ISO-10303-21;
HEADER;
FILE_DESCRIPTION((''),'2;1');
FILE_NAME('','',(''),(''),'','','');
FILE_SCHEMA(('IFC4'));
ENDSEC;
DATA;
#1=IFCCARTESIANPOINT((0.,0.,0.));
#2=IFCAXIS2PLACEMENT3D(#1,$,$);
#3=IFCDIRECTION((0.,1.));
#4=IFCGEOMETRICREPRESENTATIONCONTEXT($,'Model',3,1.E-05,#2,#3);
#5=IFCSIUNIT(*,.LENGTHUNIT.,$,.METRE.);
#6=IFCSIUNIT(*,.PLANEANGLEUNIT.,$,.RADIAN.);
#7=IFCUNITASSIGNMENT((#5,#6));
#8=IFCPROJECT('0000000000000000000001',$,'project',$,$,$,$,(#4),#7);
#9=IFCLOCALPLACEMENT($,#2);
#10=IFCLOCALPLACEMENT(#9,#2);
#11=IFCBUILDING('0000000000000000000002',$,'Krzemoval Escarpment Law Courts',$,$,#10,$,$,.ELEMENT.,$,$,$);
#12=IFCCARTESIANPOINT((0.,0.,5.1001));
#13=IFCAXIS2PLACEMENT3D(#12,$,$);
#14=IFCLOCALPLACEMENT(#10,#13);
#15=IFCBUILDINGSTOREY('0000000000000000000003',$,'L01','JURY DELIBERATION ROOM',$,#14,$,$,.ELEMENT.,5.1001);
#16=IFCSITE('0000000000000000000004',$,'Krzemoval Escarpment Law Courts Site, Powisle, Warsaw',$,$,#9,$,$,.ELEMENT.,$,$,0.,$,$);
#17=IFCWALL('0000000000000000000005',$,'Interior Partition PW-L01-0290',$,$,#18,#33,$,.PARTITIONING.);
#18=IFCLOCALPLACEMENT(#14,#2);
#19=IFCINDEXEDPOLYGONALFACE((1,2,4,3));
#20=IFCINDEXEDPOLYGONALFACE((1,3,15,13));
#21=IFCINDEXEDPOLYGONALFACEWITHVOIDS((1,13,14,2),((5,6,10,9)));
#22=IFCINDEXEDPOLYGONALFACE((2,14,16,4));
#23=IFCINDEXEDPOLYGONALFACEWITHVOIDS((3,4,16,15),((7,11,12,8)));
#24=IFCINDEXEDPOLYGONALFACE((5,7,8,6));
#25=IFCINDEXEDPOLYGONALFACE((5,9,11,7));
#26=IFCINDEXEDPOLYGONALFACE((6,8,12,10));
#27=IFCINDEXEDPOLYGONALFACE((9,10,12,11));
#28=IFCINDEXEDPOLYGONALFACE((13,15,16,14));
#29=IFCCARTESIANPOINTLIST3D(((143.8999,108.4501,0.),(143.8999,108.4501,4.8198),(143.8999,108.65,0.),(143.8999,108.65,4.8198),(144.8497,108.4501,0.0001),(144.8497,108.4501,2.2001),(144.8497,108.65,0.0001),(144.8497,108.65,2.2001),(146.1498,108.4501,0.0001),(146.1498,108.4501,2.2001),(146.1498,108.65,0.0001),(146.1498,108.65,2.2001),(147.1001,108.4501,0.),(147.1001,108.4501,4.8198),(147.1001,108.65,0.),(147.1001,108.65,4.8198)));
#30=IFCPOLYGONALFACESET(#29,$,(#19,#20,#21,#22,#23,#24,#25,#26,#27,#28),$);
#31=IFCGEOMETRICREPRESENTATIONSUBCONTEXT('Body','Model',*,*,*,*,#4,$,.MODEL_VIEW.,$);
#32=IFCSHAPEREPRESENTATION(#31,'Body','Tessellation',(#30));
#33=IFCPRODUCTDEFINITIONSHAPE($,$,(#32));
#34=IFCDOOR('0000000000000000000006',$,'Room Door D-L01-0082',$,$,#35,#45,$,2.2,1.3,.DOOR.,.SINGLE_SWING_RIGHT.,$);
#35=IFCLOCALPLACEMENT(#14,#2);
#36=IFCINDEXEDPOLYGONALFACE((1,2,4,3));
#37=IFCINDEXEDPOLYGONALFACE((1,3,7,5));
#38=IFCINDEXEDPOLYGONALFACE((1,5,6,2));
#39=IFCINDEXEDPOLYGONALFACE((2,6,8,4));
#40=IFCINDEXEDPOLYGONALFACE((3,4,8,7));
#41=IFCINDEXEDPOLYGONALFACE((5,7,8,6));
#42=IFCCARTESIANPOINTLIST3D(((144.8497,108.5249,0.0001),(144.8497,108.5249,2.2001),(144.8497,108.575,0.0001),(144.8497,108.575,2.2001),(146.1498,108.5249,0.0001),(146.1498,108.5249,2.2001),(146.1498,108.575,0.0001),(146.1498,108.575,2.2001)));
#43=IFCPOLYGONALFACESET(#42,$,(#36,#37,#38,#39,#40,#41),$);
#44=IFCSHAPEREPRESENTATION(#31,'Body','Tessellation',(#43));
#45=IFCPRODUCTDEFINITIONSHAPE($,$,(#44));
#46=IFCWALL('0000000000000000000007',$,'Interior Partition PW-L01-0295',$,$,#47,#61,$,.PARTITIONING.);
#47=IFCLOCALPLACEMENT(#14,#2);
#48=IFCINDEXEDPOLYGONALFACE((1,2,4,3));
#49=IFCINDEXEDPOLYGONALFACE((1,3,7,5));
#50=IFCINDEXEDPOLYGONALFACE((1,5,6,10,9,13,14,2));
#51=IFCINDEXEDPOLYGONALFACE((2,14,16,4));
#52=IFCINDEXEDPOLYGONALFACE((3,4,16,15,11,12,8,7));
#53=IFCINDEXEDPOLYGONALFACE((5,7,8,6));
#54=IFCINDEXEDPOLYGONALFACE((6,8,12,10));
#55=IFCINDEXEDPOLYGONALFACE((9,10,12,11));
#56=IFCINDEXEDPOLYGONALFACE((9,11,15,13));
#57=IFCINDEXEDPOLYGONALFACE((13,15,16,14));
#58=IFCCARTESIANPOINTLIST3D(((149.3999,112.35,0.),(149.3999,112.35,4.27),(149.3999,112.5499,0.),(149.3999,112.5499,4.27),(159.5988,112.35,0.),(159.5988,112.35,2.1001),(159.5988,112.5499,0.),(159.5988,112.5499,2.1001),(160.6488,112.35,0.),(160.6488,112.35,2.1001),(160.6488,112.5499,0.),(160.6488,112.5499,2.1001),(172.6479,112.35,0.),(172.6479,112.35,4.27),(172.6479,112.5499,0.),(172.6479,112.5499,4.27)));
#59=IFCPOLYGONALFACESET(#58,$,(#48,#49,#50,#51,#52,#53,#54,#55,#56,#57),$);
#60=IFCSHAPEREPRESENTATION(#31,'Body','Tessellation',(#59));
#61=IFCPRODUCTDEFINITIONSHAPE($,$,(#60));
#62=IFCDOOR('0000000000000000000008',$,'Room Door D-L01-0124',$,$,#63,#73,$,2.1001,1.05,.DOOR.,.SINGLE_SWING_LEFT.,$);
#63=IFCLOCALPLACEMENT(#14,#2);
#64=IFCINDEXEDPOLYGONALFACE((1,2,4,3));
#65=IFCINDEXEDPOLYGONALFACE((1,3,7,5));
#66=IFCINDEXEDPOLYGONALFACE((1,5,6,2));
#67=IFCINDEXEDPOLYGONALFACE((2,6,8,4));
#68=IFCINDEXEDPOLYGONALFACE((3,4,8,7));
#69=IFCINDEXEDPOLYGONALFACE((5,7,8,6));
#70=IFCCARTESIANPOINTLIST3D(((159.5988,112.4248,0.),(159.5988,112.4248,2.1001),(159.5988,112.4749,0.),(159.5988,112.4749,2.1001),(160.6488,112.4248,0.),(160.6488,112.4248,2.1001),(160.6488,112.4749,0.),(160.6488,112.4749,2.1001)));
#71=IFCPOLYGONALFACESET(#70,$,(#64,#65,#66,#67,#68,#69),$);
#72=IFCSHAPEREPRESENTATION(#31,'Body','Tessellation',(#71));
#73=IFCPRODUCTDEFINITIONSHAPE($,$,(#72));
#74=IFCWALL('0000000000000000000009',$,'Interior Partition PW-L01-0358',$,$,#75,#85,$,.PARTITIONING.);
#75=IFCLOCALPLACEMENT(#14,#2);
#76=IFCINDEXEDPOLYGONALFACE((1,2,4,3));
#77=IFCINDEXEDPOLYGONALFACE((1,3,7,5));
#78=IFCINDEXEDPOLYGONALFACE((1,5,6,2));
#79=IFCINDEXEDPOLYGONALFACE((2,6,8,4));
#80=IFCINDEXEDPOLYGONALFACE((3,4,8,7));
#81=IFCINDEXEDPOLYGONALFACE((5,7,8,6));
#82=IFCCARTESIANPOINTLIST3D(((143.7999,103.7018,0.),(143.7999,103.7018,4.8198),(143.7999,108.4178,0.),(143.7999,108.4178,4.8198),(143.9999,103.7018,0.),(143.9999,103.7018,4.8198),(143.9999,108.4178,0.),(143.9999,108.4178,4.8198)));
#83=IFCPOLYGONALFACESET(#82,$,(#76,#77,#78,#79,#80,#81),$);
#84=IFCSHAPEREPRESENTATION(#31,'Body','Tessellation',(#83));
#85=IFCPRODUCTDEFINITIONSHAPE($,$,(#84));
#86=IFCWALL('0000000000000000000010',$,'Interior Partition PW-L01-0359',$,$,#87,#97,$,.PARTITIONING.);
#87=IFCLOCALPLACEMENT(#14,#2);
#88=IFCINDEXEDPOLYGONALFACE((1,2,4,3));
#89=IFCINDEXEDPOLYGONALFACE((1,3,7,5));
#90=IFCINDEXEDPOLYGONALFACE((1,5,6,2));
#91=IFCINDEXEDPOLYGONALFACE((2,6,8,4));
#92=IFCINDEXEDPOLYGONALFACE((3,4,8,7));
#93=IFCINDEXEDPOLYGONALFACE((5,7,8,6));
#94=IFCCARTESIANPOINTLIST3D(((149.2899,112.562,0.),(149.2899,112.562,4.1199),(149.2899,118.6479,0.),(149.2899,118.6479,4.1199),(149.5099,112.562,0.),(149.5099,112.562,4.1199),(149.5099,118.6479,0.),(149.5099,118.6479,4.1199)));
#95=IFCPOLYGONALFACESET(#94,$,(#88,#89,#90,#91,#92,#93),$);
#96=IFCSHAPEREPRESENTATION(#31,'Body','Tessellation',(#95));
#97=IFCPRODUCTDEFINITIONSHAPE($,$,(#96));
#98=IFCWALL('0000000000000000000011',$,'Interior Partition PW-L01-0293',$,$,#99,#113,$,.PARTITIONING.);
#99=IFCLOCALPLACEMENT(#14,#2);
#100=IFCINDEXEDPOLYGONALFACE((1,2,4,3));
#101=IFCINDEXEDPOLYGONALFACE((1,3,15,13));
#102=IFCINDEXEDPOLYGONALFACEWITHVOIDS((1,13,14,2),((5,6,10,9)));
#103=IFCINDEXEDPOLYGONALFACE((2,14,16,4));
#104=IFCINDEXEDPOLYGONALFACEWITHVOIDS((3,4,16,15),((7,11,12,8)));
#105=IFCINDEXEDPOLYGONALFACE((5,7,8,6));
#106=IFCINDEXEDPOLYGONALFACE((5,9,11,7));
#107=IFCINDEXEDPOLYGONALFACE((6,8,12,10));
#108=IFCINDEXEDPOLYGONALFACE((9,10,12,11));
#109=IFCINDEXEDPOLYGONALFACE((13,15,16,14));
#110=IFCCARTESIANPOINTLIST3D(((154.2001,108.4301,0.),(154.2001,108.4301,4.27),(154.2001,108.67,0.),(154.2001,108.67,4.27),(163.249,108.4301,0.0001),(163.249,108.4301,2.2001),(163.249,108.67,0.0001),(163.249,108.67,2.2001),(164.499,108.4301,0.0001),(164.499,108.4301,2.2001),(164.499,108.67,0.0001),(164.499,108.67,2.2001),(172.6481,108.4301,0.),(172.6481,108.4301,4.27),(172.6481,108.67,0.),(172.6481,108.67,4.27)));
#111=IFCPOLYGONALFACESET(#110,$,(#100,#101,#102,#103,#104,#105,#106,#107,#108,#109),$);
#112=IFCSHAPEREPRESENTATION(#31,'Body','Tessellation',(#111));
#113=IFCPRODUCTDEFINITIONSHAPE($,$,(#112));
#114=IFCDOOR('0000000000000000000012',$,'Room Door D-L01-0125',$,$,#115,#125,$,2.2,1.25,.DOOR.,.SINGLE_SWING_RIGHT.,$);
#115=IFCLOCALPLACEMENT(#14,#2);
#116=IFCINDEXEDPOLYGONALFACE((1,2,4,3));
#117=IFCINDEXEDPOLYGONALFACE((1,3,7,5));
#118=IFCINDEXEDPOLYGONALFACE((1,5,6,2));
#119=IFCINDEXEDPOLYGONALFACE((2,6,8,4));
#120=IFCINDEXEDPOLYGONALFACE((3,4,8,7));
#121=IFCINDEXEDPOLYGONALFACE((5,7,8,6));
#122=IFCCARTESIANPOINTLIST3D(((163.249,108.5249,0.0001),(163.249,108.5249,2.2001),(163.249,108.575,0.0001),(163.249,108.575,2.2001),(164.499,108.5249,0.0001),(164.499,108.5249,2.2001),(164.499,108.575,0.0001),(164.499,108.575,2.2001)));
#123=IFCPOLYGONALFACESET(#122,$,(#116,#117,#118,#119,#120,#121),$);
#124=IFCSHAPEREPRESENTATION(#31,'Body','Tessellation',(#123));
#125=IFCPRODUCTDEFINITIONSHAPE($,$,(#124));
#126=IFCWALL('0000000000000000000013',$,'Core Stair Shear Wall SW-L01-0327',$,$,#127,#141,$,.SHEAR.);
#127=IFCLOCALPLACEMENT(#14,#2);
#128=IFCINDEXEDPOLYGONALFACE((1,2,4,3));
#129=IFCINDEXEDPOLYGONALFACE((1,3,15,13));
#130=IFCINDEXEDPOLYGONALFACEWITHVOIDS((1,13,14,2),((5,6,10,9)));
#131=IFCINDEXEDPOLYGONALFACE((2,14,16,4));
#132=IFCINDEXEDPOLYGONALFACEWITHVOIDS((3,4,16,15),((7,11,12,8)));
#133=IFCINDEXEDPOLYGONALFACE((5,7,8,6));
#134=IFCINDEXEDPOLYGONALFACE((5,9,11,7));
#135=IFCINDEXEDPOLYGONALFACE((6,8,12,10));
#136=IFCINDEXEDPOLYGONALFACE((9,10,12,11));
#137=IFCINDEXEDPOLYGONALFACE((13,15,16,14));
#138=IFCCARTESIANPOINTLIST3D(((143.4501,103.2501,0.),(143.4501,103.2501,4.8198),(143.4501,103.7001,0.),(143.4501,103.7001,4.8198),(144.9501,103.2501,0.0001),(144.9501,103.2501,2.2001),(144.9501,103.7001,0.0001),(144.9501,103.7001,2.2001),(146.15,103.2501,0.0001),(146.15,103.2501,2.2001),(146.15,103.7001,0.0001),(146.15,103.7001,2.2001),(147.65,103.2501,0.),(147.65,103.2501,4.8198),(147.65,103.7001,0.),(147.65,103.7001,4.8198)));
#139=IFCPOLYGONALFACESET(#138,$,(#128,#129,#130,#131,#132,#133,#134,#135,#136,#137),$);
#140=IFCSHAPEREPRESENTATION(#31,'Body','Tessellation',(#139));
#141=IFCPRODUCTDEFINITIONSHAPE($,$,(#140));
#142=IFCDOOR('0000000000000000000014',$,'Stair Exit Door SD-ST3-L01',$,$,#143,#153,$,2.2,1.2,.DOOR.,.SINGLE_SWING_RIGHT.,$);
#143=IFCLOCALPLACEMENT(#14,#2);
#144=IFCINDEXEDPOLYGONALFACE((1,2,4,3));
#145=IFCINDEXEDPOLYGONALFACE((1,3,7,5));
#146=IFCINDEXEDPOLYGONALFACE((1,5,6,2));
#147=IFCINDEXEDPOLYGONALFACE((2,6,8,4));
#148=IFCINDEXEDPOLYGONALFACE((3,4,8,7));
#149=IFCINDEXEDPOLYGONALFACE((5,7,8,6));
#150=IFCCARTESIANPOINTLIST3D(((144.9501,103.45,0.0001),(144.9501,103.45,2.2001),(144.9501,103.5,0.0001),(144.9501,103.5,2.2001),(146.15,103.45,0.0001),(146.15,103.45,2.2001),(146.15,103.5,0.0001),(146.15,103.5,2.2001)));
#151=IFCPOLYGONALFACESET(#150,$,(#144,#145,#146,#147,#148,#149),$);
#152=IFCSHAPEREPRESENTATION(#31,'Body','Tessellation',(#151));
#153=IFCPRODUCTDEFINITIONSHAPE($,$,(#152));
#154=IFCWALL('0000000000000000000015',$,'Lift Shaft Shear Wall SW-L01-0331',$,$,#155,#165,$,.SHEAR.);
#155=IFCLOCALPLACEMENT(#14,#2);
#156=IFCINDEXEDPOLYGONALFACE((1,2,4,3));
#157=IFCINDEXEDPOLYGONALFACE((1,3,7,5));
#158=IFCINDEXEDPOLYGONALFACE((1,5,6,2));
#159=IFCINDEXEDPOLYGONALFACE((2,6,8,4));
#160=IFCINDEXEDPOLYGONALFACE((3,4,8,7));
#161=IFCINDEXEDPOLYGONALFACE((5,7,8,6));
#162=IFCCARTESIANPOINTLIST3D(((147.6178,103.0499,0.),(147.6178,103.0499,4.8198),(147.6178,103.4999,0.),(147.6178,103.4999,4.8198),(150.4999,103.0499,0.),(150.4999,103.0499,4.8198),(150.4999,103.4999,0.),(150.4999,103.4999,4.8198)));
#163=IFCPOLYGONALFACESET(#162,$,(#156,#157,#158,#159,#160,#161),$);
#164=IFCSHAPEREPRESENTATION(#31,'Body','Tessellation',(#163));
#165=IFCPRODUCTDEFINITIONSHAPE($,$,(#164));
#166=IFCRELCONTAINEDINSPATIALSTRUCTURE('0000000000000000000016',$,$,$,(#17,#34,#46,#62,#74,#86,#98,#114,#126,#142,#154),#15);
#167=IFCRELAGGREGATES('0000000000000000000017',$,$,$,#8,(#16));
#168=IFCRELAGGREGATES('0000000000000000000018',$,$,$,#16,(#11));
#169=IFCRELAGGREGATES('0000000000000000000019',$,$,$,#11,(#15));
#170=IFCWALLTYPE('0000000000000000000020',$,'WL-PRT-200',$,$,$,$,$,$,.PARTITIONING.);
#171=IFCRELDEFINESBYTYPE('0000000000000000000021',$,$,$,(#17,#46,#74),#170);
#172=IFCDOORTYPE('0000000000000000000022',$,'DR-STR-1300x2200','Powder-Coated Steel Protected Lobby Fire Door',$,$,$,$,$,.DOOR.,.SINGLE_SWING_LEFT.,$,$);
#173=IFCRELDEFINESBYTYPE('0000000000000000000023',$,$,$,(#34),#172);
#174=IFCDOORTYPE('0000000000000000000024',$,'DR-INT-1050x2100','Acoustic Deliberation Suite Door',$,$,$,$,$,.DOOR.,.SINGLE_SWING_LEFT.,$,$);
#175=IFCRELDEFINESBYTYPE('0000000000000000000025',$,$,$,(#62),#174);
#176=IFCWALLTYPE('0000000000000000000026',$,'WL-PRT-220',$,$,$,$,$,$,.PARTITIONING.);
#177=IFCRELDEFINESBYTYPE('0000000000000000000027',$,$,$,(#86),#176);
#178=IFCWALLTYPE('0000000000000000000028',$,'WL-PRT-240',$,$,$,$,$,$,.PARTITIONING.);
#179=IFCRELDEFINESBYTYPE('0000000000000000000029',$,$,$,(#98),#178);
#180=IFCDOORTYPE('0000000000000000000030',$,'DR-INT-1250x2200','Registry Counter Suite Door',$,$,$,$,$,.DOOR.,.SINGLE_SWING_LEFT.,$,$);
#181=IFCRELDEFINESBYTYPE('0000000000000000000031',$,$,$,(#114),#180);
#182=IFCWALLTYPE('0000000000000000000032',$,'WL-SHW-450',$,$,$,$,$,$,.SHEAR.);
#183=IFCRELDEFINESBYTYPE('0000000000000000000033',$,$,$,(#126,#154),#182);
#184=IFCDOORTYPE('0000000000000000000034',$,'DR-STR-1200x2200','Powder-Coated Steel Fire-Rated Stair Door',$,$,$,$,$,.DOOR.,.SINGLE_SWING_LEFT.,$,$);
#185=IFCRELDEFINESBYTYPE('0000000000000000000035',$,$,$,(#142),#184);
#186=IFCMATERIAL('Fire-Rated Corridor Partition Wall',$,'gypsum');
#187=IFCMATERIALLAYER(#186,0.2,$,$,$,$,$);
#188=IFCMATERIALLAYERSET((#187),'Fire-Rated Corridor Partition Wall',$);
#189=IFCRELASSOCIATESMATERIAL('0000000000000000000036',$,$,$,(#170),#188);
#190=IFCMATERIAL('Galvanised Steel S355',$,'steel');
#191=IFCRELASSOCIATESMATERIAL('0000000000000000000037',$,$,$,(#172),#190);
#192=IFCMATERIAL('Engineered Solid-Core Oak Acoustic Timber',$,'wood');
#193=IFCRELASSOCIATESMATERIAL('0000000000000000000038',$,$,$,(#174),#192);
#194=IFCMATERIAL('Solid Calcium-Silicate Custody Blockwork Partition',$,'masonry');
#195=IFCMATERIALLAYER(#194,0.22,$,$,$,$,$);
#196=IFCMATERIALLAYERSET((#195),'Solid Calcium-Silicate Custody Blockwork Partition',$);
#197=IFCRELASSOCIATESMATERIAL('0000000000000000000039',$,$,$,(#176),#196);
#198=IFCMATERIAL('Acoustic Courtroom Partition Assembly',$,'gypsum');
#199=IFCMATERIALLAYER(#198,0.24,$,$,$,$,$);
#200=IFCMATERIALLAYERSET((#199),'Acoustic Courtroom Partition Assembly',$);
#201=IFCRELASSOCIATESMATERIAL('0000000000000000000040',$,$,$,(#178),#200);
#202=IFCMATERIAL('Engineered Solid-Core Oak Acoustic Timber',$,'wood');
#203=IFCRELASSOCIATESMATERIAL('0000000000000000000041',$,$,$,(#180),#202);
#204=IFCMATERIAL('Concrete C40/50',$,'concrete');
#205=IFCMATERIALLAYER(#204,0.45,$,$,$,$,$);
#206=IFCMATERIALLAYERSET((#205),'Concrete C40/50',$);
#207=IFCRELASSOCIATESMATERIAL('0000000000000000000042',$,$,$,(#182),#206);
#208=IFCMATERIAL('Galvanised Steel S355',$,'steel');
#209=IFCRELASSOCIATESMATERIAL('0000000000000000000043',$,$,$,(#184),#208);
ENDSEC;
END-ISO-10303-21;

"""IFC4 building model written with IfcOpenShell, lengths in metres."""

from ifc_helpers import new_model, si_unit, direction, frame, frame_2d, origin, place, context, subcontext, project, spatial, rectangle, extrude, material, layer, layer_set, type_object, element, fill, save


model = new_model("IFC4")

# Units and contexts
model_context = context("Model", 3, precision=1e-05, world=origin(), true_north=direction((0.0, 1.0)))
body_context = subcontext(model_context, "Body", "Model", "MODEL_VIEW")
ifc_project = project(units=[si_unit("LENGTHUNIT", "METRE"), si_unit("PLANEANGLEUNIT", "RADIAN")], contexts=[model_context])

# Site, building, storey
site_placement = place(None, origin())
site = spatial("IfcSite", under=ifc_project, at=site_placement, Name="Krzemoval Escarpment Law Courts Site, Powisle, Warsaw", CompositionType="ELEMENT", RefElevation=0.0)
building_placement = place(site_placement, origin())
building = spatial("IfcBuilding", under=site, at=building_placement, Name="Krzemoval Escarpment Law Courts", CompositionType="ELEMENT")
storey_placement = place(building_placement, frame((0.0, 0.0, 5.1001)))
storey = spatial("IfcBuildingStorey", under=building, at=storey_placement, Name="L01", Description="JURY DELIBERATION ROOM", CompositionType="ELEMENT", Elevation=5.1001)

# Walls, openings, doors
ifc_material_1 = material(Name="Fire-Rated Corridor Partition Wall", Category="gypsum")
ifc_layer_1 = layer(ifc_material_1, 0.2)
ifc_layer_set_1 = layer_set([ifc_layer_1], Name="Fire-Rated Corridor Partition Wall")
wall_type_1 = type_object("IfcWallType", Name="WL-PRT-200", PredefinedType="PARTITIONING", material=ifc_layer_set_1)
wall_1_placement = place(storey_placement, frame((143.8999, 108.55, 0.0), z_axis=(0.0, 0.0, 1.0), x_axis=(1.0, 0.0, 0.0)))
wall_1 = element("IfcWall", 1, at=wall_1_placement, inside=storey, type_object=wall_type_1, Name="Interior Partition PW-L01-0290", PredefinedType="PARTITIONING", context=body_context, shape_type="SweptSolid", body=[
    extrude(rectangle(XDim=3.2002, YDim=0.2, at=frame_2d((1.6001, 0.0))), origin(), (0.0, 0.0, 1.0), 4.8198),
])
opening_1_placement = place(wall_1_placement, frame((0.95, 0.0, 0.0)))
opening_1 = element("IfcOpeningElement", 2, at=opening_1_placement, cuts=wall_1, PredefinedType="OPENING", context=body_context, shape_type="SweptSolid", body=[
    extrude(rectangle(XDim=1.3, YDim=2.2, at=frame_2d((0.6499, 1.1001))), frame((0.0, 0.115, 0.0), z_axis=(0.0, -1.0, 0.0), x_axis=(1.0, 0.0, 0.0)), (0.0, 0.0, 1.0), 0.2299),
])
ifc_material_2 = material(Name="Galvanised Steel S355", Category="steel")
door_type_1 = type_object("IfcDoorType", Name="DR-STR-1300x2200", Description="Powder-Coated Steel Protected Lobby Fire Door", OperationType="SINGLE_SWING_LEFT", PredefinedType="DOOR", material=ifc_material_2)
door_1_placement = place(opening_1_placement, origin())
door_1 = element("IfcDoor", 3, at=door_1_placement, inside=storey, type_object=door_type_1, Name="Room Door D-L01-0082", OperationType="SINGLE_SWING_RIGHT", OverallHeight=2.2, OverallWidth=1.3, PredefinedType="DOOR", context=body_context, shape_type="SweptSolid", body=[
    extrude(rectangle(XDim=1.3, YDim=2.2, at=frame_2d((0.6499, 1.1001))), frame((0.0, 0.0249, 0.0), z_axis=(0.0, -1.0, 0.0), x_axis=(1.0, 0.0, 0.0)), (0.0, 0.0, 1.0), 0.05),
])
fill(opening_1, door_1)
wall_2_placement = place(storey_placement, frame((149.3999, 112.45, 0.0), z_axis=(0.0, 0.0, 1.0), x_axis=(1.0, 0.0, 0.0)))
wall_2 = element("IfcWall", 4, at=wall_2_placement, inside=storey, type_object=wall_type_1, Name="Interior Partition PW-L01-0295", PredefinedType="PARTITIONING", context=body_context, shape_type="SweptSolid", body=[
    extrude(rectangle(XDim=23.248, YDim=0.2, at=frame_2d((11.624, 0.0))), origin(), (0.0, 0.0, 1.0), 4.27),
])
opening_2_placement = place(wall_2_placement, frame((10.199, 0.0, 0.0)))
opening_2 = element("IfcOpeningElement", 5, at=opening_2_placement, cuts=wall_2, PredefinedType="OPENING", context=body_context, shape_type="SweptSolid", body=[
    extrude(rectangle(XDim=1.05, YDim=2.1001, at=frame_2d((0.5249, 1.05))), frame((0.0, 0.115, 0.0), z_axis=(0.0, -1.0, 0.0), x_axis=(1.0, 0.0, 0.0)), (0.0, 0.0, 1.0), 0.2299),
])
ifc_material_3 = material(Name="Engineered Solid-Core Oak Acoustic Timber", Category="wood")
door_type_2 = type_object("IfcDoorType", Name="DR-INT-1050x2100", Description="Acoustic Deliberation Suite Door", OperationType="SINGLE_SWING_LEFT", PredefinedType="DOOR", material=ifc_material_3)
door_2_placement = place(opening_2_placement, origin())
door_2 = element("IfcDoor", 6, at=door_2_placement, inside=storey, type_object=door_type_2, Name="Room Door D-L01-0124", OperationType="SINGLE_SWING_LEFT", OverallHeight=2.1001, OverallWidth=1.05, PredefinedType="DOOR", context=body_context, shape_type="SweptSolid", body=[
    extrude(rectangle(XDim=1.05, YDim=2.1001, at=frame_2d((0.5249, 1.05))), frame((0.0, 0.0249, 0.0), z_axis=(0.0, -1.0, 0.0), x_axis=(1.0, 0.0, 0.0)), (0.0, 0.0, 1.0), 0.05),
])
fill(opening_2, door_2)

# Walls
wall_3_placement = place(storey_placement, frame((143.8999, 103.7019, 0.0), z_axis=(0.0, 0.0, 1.0), x_axis=(0.0, 1.0, 0.0)))
element("IfcWall", 7, at=wall_3_placement, inside=storey, type_object=wall_type_1, Name="Interior Partition PW-L01-0358", PredefinedType="PARTITIONING", context=body_context, shape_type="SweptSolid", body=[
    extrude(rectangle(XDim=4.7161, YDim=0.2, at=frame_2d((2.3579, 0.0))), origin(), (0.0, 0.0, 1.0), 4.8198),
])
ifc_material_4 = material(Name="Solid Calcium-Silicate Custody Blockwork Partition", Category="masonry")
ifc_layer_2 = layer(ifc_material_4, 0.22)
ifc_layer_set_2 = layer_set([ifc_layer_2], Name="Solid Calcium-Silicate Custody Blockwork Partition")
wall_type_2 = type_object("IfcWallType", Name="WL-PRT-220", PredefinedType="PARTITIONING", material=ifc_layer_set_2)
wall_4_placement = place(storey_placement, frame((149.3999, 112.562, 0.0), z_axis=(0.0, 0.0, 1.0), x_axis=(0.0, 1.0, 0.0)))
element("IfcWall", 8, at=wall_4_placement, inside=storey, type_object=wall_type_2, Name="Interior Partition PW-L01-0359", PredefinedType="PARTITIONING", context=body_context, shape_type="SweptSolid", body=[
    extrude(rectangle(XDim=6.0859, YDim=0.22, at=frame_2d((3.043, 0.0))), origin(), (0.0, 0.0, 1.0), 4.1199),
])

# Walls, openings, doors
ifc_material_5 = material(Name="Acoustic Courtroom Partition Assembly", Category="gypsum")
ifc_layer_3 = layer(ifc_material_5, 0.24)
ifc_layer_set_3 = layer_set([ifc_layer_3], Name="Acoustic Courtroom Partition Assembly")
wall_type_3 = type_object("IfcWallType", Name="WL-PRT-240", PredefinedType="PARTITIONING", material=ifc_layer_set_3)
wall_5_placement = place(storey_placement, frame((154.2, 108.55, 0.0), z_axis=(0.0, 0.0, 1.0), x_axis=(1.0, 0.0, 0.0)))
wall_5 = element("IfcWall", 9, at=wall_5_placement, inside=storey, type_object=wall_type_3, Name="Interior Partition PW-L01-0293", PredefinedType="PARTITIONING", context=body_context, shape_type="SweptSolid", body=[
    extrude(rectangle(XDim=18.448, YDim=0.24, at=frame_2d((9.2241, 0.0))), origin(), (0.0, 0.0, 1.0), 4.27),
])
opening_3_placement = place(wall_5_placement, frame((9.0491, 0.0, 0.0)))
opening_3 = element("IfcOpeningElement", 10, at=opening_3_placement, cuts=wall_5, PredefinedType="OPENING", context=body_context, shape_type="SweptSolid", body=[
    extrude(rectangle(XDim=1.25, YDim=2.2, at=frame_2d((0.625, 1.1001))), frame((0.0, 0.135, 0.0), z_axis=(0.0, -1.0, 0.0), x_axis=(1.0, 0.0, 0.0)), (0.0, 0.0, 1.0), 0.27),
])
ifc_material_6 = material(Name="Engineered Solid-Core Oak Acoustic Timber", Category="wood")
door_type_3 = type_object("IfcDoorType", Name="DR-INT-1250x2200", Description="Registry Counter Suite Door", OperationType="SINGLE_SWING_LEFT", PredefinedType="DOOR", material=ifc_material_6)
door_3_placement = place(opening_3_placement, origin())
door_3 = element("IfcDoor", 11, at=door_3_placement, inside=storey, type_object=door_type_3, Name="Room Door D-L01-0125", OperationType="SINGLE_SWING_RIGHT", OverallHeight=2.2, OverallWidth=1.25, PredefinedType="DOOR", context=body_context, shape_type="SweptSolid", body=[
    extrude(rectangle(XDim=1.25, YDim=2.2, at=frame_2d((0.625, 1.1001))), frame((0.0, 0.0249, 0.0), z_axis=(0.0, -1.0, 0.0), x_axis=(1.0, 0.0, 0.0)), (0.0, 0.0, 1.0), 0.05),
])
fill(opening_3, door_3)
ifc_material_7 = material(Name="Concrete C40/50", Category="concrete")
ifc_layer_4 = layer(ifc_material_7, 0.45)
ifc_layer_set_4 = layer_set([ifc_layer_4], Name="Concrete C40/50")
wall_type_4 = type_object("IfcWallType", Name="WL-SHW-450", PredefinedType="SHEAR", material=ifc_layer_set_4)
wall_6_placement = place(storey_placement, frame((143.45, 103.4751, 0.0), z_axis=(0.0, 0.0, 1.0), x_axis=(1.0, 0.0, 0.0)))
wall_6 = element("IfcWall", 12, at=wall_6_placement, inside=storey, type_object=wall_type_4, Name="Core Stair Shear Wall SW-L01-0327", PredefinedType="SHEAR", context=body_context, shape_type="SweptSolid", body=[
    extrude(rectangle(XDim=4.2, YDim=0.45, at=frame_2d((2.1001, 0.0))), origin(), (0.0, 0.0, 1.0), 4.8198),
])
opening_4_placement = place(wall_6_placement, frame((1.5, 0.0, 0.0)))
opening_4 = element("IfcOpeningElement", 13, at=opening_4_placement, cuts=wall_6, PredefinedType="OPENING", context=body_context, shape_type="SweptSolid", body=[
    extrude(rectangle(XDim=1.2, YDim=2.2, at=frame_2d((0.6001, 1.1001))), frame((0.0, 0.24, 0.0), z_axis=(0.0, -1.0, 0.0), x_axis=(1.0, 0.0, 0.0)), (0.0, 0.0, 1.0), 0.4799),
])
ifc_material_8 = material(Name="Galvanised Steel S355", Category="steel")
door_type_4 = type_object("IfcDoorType", Name="DR-STR-1200x2200", Description="Powder-Coated Steel Fire-Rated Stair Door", OperationType="SINGLE_SWING_LEFT", PredefinedType="DOOR", material=ifc_material_8)
door_4_placement = place(opening_4_placement, origin())
door_4 = element("IfcDoor", 14, at=door_4_placement, inside=storey, type_object=door_type_4, Name="Stair Exit Door SD-ST3-L01", OperationType="SINGLE_SWING_RIGHT", OverallHeight=2.2, OverallWidth=1.2, PredefinedType="DOOR", context=body_context, shape_type="SweptSolid", body=[
    extrude(rectangle(XDim=1.2, YDim=2.2, at=frame_2d((0.6001, 1.1001))), frame((0.0, 0.0249, 0.0), z_axis=(0.0, -1.0, 0.0), x_axis=(1.0, 0.0, 0.0)), (0.0, 0.0, 1.0), 0.05),
])
fill(opening_4, door_4)

# Wall
wall_7_placement = place(storey_placement, frame((147.6179, 103.2749, 0.0), z_axis=(0.0, 0.0, 1.0), x_axis=(1.0, 0.0, 0.0)))
element("IfcWall", 15, at=wall_7_placement, inside=storey, type_object=wall_type_4, Name="Lift Shaft Shear Wall SW-L01-0331", PredefinedType="SHEAR", context=body_context, shape_type="SweptSolid", body=[
    extrude(rectangle(XDim=2.8821, YDim=0.45, at=frame_2d((1.4409, 0.0))), origin(), (0.0, 0.0, 1.0), 4.8198),
])

save(model, "model.ifc")
